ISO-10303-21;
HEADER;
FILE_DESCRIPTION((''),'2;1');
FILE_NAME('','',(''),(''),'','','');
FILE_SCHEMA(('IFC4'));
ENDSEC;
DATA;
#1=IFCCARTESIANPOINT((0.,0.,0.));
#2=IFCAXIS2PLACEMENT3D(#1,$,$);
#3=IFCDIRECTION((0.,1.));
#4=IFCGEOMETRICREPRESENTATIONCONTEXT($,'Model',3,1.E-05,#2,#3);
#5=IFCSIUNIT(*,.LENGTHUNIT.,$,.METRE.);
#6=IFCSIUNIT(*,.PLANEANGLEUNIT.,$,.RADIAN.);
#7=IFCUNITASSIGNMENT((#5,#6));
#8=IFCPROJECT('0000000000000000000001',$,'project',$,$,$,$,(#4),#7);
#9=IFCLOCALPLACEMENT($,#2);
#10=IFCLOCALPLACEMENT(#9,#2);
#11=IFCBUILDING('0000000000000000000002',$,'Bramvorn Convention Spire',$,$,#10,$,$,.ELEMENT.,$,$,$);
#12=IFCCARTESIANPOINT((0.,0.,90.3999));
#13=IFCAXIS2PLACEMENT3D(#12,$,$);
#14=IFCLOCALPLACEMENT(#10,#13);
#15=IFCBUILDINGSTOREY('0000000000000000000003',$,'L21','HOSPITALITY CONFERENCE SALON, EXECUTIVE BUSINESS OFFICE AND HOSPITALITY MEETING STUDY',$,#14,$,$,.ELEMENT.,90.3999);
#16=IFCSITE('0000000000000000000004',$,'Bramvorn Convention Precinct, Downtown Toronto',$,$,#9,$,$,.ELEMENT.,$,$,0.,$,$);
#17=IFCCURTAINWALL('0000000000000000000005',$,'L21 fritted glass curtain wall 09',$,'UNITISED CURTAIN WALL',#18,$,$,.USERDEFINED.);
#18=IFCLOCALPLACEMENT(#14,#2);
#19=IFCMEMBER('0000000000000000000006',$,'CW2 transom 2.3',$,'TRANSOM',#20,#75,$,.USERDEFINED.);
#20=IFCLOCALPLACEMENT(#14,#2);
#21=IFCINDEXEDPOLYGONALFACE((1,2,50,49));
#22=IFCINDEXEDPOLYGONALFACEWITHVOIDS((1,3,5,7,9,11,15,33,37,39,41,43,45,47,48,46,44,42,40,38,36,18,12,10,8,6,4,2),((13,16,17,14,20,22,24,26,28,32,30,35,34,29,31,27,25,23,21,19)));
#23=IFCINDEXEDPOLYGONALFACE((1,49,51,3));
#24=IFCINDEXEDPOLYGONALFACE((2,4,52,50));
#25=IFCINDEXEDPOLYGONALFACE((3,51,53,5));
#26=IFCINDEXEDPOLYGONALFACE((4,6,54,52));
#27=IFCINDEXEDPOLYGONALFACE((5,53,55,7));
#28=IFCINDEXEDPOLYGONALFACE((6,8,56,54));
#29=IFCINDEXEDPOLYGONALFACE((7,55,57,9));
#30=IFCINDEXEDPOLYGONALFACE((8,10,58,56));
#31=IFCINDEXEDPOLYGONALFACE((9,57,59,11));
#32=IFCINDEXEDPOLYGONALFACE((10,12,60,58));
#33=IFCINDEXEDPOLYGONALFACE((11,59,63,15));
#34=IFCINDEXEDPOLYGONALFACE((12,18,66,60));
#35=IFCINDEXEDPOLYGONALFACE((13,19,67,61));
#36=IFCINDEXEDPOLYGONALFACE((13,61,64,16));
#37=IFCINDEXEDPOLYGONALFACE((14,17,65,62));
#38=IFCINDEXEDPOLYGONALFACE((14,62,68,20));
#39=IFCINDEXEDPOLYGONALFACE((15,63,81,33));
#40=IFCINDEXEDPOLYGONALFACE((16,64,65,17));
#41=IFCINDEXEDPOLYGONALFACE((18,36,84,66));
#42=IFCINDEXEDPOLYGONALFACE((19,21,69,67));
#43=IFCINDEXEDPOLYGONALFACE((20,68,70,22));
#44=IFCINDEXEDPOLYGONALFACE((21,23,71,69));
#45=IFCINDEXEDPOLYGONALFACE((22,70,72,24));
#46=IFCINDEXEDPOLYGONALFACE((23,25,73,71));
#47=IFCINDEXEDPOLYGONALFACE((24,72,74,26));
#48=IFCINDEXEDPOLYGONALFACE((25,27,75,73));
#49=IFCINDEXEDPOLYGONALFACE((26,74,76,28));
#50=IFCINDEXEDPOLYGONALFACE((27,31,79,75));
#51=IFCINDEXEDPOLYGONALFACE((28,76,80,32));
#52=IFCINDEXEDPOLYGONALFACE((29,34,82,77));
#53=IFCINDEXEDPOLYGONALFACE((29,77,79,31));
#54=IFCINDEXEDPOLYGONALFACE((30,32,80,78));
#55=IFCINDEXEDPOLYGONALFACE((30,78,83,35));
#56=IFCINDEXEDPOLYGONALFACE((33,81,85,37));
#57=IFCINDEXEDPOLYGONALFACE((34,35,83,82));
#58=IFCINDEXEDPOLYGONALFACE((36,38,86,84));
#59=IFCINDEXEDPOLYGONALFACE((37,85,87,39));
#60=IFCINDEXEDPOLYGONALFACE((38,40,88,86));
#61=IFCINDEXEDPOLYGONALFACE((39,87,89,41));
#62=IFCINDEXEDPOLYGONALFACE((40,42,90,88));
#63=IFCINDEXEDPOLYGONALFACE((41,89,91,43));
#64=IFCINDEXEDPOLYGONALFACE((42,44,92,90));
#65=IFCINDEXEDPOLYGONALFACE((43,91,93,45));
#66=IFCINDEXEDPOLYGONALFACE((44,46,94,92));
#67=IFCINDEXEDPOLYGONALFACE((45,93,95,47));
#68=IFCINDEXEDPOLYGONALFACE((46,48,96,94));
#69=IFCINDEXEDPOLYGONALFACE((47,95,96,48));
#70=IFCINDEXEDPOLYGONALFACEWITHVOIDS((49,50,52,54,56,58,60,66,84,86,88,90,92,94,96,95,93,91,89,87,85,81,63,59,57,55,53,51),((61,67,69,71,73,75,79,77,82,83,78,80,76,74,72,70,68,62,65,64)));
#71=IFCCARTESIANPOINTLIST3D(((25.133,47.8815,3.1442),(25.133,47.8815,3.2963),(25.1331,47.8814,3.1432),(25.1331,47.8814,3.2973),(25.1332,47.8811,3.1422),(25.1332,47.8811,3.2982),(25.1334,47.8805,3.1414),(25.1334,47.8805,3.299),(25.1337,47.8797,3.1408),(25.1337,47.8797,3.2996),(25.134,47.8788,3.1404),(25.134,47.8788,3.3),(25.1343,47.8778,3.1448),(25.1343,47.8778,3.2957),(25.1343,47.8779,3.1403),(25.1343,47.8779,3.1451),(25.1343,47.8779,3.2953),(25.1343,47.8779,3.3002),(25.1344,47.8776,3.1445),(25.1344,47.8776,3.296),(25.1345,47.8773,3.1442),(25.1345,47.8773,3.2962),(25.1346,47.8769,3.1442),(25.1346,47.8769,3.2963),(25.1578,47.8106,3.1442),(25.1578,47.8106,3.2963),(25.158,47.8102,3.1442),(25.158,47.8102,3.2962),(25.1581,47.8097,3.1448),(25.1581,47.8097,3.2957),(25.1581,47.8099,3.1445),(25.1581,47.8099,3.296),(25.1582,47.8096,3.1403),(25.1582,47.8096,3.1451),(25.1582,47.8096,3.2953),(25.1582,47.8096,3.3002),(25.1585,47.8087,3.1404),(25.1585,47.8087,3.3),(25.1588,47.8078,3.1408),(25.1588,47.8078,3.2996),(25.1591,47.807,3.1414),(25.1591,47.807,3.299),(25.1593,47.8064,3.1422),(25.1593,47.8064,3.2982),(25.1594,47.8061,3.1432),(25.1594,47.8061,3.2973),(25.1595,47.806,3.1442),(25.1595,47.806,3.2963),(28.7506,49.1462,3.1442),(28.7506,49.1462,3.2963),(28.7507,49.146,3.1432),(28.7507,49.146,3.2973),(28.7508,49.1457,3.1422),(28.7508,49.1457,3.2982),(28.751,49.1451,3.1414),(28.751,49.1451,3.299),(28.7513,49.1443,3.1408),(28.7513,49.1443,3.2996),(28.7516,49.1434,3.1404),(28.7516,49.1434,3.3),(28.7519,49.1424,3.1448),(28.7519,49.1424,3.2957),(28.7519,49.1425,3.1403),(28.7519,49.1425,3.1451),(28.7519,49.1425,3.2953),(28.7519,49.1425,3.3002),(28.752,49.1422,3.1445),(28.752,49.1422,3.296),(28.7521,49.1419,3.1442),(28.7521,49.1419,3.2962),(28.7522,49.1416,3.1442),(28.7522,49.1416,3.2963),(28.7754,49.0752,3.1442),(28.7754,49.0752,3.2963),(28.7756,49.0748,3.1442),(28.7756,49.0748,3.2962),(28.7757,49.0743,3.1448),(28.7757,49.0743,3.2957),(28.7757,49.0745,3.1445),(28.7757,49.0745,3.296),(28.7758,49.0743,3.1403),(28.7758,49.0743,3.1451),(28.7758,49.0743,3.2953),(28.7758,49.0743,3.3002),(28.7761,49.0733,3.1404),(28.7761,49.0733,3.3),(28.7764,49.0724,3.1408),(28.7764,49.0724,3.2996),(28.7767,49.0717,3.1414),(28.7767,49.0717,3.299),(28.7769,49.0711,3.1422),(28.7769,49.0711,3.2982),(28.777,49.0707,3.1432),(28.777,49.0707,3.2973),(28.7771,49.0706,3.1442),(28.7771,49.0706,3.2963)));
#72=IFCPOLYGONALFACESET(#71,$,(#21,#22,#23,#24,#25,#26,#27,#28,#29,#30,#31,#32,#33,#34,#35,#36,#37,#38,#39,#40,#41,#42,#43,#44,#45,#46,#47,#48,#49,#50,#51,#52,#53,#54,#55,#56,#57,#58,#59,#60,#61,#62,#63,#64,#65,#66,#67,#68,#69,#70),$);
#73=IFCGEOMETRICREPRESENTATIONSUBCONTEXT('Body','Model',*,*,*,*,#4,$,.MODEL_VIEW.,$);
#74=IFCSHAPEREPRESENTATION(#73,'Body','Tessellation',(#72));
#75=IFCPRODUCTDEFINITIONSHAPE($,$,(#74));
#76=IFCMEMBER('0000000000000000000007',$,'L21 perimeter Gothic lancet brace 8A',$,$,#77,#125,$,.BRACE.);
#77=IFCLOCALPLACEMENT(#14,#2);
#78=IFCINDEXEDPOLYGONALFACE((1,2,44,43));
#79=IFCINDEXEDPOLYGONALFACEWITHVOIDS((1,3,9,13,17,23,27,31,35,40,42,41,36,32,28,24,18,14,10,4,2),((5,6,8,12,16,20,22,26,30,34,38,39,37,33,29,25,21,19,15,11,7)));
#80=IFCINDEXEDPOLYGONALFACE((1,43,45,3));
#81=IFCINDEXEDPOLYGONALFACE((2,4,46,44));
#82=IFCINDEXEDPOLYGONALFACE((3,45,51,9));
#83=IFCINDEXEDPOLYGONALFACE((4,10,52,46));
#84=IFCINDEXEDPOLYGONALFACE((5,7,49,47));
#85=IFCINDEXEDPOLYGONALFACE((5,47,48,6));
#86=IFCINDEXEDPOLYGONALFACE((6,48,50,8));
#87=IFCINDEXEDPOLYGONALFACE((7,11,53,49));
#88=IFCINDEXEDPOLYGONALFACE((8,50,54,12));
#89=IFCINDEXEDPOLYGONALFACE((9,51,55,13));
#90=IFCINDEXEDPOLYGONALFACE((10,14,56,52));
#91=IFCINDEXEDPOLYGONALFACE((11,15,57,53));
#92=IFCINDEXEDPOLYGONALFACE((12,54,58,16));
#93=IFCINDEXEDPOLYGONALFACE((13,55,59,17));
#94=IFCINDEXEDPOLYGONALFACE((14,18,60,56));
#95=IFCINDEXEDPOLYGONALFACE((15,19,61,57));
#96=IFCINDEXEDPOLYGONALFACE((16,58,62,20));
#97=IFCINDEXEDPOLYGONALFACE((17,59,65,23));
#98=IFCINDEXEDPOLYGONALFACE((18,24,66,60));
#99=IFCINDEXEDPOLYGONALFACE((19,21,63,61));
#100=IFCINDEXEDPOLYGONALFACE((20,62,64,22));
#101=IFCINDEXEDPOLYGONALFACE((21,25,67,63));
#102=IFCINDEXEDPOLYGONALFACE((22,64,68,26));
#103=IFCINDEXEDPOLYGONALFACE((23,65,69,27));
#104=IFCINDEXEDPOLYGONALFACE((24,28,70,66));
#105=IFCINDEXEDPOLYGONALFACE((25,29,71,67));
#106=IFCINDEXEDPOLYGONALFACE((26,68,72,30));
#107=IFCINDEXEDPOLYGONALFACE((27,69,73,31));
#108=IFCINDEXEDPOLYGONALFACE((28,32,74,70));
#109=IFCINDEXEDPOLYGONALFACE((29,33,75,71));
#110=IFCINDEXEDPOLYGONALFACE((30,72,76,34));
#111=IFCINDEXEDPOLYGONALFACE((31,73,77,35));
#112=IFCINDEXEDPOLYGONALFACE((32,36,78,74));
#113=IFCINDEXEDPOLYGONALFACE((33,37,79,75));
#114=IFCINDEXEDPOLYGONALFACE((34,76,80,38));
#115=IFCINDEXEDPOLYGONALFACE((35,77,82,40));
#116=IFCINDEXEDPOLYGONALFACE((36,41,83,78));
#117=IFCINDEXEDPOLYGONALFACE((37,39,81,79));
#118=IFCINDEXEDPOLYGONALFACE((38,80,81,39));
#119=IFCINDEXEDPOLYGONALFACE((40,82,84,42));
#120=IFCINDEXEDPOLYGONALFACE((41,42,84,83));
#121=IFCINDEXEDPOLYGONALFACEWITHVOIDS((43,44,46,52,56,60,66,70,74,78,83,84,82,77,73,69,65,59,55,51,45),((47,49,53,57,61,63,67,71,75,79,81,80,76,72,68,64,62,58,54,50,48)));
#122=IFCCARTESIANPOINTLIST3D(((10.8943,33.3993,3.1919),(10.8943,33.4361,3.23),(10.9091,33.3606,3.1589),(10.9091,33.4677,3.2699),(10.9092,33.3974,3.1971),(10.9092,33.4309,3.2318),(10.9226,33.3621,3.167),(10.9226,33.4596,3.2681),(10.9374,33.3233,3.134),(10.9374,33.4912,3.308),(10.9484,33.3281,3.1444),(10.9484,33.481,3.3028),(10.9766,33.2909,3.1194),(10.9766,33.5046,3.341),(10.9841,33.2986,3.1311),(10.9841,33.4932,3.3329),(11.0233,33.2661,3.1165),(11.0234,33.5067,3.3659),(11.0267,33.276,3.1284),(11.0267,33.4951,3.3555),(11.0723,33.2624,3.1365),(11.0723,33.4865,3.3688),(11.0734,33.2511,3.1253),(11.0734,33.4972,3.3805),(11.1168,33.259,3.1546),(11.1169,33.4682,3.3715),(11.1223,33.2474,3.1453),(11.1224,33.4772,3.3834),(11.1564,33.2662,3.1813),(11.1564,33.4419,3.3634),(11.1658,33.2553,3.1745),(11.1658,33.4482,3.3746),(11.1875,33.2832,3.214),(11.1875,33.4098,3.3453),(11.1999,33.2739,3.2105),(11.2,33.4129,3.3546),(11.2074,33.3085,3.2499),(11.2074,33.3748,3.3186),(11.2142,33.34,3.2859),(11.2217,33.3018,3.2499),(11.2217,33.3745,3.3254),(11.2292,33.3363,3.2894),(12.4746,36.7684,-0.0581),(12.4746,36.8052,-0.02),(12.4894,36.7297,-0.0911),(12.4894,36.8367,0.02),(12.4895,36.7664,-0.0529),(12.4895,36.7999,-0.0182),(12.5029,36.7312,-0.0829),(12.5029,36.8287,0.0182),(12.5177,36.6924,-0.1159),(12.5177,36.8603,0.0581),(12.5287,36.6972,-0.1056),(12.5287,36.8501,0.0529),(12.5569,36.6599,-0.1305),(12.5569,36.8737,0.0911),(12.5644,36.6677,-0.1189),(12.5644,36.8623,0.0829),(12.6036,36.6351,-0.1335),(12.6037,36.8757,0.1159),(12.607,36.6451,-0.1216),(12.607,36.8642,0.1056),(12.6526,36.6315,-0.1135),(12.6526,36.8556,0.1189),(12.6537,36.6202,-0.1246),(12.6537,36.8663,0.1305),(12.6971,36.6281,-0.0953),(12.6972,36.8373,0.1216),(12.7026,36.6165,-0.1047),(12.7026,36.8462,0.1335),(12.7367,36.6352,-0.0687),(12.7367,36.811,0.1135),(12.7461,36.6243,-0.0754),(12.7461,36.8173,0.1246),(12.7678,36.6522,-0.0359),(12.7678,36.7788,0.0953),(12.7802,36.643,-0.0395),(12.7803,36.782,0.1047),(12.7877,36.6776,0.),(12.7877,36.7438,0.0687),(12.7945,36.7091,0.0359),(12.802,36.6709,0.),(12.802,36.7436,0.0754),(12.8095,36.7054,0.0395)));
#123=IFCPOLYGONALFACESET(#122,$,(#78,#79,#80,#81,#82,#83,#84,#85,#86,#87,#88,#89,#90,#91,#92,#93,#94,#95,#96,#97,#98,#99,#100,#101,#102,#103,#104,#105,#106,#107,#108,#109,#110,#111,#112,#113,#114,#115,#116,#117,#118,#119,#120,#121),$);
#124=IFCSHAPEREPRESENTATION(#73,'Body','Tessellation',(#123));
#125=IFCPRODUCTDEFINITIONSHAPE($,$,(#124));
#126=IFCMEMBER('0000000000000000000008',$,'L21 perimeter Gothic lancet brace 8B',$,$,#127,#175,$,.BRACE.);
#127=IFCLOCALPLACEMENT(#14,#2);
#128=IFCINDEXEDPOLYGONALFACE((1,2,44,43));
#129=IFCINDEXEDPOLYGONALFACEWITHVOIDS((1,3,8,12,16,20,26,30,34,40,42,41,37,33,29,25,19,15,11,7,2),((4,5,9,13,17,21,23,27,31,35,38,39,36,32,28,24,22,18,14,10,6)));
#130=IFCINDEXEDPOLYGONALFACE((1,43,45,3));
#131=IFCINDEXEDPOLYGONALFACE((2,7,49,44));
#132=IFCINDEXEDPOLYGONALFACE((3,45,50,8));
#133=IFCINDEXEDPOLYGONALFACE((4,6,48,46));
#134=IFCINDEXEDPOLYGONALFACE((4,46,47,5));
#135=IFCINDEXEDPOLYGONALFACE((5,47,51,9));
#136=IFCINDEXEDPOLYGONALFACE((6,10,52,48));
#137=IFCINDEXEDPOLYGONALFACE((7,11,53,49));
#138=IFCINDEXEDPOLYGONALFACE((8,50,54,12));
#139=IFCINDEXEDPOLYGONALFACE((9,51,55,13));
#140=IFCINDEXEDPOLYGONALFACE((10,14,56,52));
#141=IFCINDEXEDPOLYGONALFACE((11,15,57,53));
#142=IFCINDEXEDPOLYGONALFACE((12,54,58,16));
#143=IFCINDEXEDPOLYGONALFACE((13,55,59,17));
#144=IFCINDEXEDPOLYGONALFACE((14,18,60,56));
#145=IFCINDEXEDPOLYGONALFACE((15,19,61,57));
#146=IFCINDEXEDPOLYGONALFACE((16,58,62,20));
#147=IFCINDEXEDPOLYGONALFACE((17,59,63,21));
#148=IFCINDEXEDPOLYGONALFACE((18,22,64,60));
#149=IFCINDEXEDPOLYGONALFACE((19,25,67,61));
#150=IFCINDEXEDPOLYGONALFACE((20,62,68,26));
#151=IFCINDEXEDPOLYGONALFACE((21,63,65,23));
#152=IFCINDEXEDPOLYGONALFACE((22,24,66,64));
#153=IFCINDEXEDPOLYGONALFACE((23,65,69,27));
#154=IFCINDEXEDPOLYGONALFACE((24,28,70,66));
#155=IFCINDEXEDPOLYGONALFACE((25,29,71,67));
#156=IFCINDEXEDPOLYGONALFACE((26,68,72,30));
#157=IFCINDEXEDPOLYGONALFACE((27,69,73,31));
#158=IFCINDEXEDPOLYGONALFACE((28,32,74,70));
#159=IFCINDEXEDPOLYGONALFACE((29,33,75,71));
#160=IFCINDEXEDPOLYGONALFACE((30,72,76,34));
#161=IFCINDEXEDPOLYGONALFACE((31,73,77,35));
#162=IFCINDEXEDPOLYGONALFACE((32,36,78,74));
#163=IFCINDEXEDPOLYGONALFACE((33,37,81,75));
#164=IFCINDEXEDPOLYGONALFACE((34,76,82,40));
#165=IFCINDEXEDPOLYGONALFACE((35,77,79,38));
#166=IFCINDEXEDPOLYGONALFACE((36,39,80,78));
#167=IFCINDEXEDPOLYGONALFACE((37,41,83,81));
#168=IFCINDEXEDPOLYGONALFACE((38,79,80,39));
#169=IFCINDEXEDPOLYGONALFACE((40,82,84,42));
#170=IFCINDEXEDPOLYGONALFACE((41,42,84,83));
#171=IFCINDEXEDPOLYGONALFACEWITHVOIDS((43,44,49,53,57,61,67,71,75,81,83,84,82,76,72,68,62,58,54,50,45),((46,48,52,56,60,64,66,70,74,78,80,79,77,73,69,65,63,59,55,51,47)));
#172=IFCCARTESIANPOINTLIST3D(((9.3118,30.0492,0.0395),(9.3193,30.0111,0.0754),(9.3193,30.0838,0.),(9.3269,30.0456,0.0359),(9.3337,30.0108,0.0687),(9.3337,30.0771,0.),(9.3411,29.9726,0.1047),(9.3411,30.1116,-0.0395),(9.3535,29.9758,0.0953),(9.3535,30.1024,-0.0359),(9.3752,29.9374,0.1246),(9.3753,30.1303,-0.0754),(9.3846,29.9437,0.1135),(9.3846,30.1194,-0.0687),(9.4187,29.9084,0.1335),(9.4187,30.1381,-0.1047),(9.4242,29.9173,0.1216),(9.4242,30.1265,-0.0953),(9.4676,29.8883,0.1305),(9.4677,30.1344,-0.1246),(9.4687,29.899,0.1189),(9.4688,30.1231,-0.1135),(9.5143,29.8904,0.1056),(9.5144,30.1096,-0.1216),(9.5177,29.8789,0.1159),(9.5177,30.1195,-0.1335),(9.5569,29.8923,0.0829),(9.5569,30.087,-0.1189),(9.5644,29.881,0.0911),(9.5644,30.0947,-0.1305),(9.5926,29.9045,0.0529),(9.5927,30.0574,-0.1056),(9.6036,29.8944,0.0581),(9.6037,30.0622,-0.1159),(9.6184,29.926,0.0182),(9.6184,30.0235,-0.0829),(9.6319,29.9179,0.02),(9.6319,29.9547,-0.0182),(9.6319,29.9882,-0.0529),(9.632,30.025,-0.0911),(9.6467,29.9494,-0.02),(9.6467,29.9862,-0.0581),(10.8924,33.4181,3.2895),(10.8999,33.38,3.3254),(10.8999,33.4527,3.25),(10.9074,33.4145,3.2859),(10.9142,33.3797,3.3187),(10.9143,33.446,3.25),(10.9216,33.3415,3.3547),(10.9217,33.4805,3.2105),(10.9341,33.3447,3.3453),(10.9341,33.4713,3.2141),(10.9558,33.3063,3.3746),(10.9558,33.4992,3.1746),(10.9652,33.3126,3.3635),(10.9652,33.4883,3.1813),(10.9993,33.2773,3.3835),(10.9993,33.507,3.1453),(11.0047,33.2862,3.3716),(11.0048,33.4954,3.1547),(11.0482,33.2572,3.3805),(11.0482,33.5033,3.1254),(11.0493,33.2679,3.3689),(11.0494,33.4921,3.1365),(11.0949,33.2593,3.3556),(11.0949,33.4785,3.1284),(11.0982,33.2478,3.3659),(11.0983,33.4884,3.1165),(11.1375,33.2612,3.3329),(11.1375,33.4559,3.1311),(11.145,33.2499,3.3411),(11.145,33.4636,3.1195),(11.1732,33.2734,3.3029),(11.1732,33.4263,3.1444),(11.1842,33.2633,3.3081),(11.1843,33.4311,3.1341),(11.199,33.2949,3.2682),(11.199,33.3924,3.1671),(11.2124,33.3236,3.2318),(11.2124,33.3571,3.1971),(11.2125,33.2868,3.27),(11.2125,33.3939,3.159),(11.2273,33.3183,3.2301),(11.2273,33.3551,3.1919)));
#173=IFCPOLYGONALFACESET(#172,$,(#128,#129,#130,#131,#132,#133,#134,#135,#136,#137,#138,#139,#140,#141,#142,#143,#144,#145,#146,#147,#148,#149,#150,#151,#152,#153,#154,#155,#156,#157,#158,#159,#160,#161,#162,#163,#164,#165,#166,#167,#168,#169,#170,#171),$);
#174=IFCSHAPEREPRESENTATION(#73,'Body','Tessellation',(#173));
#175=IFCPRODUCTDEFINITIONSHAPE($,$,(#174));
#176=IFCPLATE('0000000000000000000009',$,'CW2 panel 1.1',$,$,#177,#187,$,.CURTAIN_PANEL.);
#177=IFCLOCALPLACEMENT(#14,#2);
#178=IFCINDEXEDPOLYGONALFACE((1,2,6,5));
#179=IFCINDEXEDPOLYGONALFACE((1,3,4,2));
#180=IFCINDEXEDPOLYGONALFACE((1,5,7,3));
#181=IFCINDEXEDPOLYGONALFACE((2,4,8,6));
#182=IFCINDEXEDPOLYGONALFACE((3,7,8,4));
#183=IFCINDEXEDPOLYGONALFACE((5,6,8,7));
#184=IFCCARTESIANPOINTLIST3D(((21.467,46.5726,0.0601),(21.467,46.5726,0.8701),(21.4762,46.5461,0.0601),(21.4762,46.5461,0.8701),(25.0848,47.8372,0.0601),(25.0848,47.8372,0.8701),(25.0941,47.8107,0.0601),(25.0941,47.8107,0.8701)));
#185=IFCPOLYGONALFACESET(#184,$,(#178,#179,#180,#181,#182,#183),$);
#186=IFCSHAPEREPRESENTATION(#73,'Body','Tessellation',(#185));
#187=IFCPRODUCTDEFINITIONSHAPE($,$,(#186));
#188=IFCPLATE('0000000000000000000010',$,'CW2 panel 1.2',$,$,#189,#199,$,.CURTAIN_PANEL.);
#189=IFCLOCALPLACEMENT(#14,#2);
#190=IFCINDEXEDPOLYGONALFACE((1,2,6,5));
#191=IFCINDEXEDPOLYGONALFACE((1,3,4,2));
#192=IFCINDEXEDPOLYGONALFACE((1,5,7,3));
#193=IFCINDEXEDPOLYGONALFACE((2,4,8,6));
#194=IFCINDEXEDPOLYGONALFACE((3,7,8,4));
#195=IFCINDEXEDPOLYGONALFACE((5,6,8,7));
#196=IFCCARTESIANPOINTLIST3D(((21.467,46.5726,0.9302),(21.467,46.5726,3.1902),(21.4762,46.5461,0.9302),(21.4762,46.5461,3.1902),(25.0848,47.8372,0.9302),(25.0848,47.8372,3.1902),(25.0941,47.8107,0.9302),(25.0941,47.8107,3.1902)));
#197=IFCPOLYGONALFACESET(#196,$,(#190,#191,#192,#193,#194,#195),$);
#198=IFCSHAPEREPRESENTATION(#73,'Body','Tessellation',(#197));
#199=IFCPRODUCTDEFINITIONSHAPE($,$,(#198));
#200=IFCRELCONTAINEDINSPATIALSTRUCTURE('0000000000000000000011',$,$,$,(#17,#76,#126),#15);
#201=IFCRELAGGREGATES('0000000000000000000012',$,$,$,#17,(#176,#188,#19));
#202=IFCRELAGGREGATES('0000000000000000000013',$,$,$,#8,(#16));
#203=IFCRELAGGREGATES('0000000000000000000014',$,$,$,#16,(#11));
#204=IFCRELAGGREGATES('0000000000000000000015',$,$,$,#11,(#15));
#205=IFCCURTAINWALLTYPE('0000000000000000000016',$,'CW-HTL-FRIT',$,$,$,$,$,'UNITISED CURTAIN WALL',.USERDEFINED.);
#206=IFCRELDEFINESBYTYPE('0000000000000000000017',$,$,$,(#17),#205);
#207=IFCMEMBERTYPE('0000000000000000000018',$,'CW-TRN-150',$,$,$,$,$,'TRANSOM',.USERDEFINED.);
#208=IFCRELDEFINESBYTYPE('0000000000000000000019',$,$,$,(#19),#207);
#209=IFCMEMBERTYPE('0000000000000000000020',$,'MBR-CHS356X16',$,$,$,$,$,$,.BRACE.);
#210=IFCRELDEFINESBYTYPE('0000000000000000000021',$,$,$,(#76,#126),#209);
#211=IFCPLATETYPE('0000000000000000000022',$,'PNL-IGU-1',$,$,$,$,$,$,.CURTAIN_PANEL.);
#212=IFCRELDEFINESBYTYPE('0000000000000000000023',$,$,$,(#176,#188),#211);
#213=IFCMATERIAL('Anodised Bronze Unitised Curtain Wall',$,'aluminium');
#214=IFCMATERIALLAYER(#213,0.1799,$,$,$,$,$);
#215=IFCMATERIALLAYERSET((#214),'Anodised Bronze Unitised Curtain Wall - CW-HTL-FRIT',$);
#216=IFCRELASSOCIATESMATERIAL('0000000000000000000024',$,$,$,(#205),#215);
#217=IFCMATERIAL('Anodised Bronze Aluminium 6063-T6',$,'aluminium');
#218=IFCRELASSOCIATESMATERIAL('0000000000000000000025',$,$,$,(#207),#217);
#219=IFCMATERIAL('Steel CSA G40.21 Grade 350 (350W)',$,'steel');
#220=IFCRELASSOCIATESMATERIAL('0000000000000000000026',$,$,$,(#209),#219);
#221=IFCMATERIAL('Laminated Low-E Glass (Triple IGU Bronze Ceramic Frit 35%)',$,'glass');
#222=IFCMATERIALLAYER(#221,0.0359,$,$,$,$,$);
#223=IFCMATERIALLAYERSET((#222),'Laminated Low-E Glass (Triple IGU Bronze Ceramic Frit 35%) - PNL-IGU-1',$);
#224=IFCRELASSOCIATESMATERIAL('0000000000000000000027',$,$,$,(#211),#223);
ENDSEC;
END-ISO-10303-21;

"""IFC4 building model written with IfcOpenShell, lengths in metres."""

from ifc_helpers import new_model, si_unit, direction, frame, origin, origin_2d, place, context, subcontext, project, spatial, rectangle, hollow_rectangle, hollow_circle, extrude, material, layer, layer_set, material_profile, profile_set, type_object, element, aggregate, save


model = new_model("IFC4")

# Units and contexts
model_context = context("Model", 3, precision=1e-05, world=origin(), true_north=direction((0.0, 1.0)))
body_context = subcontext(model_context, "Body", "Model", "MODEL_VIEW")
ifc_project = project(units=[si_unit("LENGTHUNIT", "METRE"), si_unit("PLANEANGLEUNIT", "RADIAN")], contexts=[model_context])

# Site, building, storey
site_placement = place(None, origin())
site = spatial("IfcSite", under=ifc_project, at=site_placement, Name="Bramvorn Convention Precinct, Downtown Toronto", CompositionType="ELEMENT", RefElevation=0.0)
building_placement = place(site_placement, origin())
building = spatial("IfcBuilding", under=site, at=building_placement, Name="Bramvorn Convention Spire", CompositionType="ELEMENT")
storey_placement = place(building_placement, frame((0.0, 0.0, 90.3999)))
storey = spatial("IfcBuildingStorey", under=building, at=storey_placement, Name="L21", Description="HOSPITALITY CONFERENCE SALON, EXECUTIVE BUSINESS OFFICE AND HOSPITALITY MEETING STUDY", CompositionType="ELEMENT", Elevation=90.3999)

# Shared definitions
ifc_material_1 = material(Name="Steel CSA G40.21 Grade 350 (350W)", Category="steel")

# Curtain wall
ifc_material_2 = material(Name="Anodised Bronze Unitised Curtain Wall", Category="aluminium")
ifc_layer_1 = layer(ifc_material_2, 0.1799)
ifc_layer_set_1 = layer_set([ifc_layer_1], Name="Anodised Bronze Unitised Curtain Wall - CW-HTL-FRIT")
curtain_wall_type = type_object("IfcCurtainWallType", Name="CW-HTL-FRIT", ElementType="UNITISED CURTAIN WALL", PredefinedType="USERDEFINED", material=ifc_layer_set_1)
curtain_wall_1_placement = place(storey_placement, origin())
curtain_wall_1 = element("IfcCurtainWall", 1, at=curtain_wall_1_placement, inside=storey, type_object=curtain_wall_type, Name="L21 fritted glass curtain wall 09", ObjectType="UNITISED CURTAIN WALL", PredefinedType="USERDEFINED")
ifc_material_3 = material(Name="Anodised Bronze Aluminium 6063-T6", Category="aluminium")

# Member
ifc_material_profile_1 = material_profile(ifc_material_3, hollow_rectangle(XDim=0.0801, YDim=0.1599, WallThickness=0.0039, InnerFilletRadius=0.001, OuterFilletRadius=0.0039, at=origin_2d()))
ifc_profile_set_1 = profile_set([ifc_material_profile_1], Name="Anodised Bronze Aluminium 6063-T6 - CWT80X160")
member_type_1 = type_object("IfcMemberType", Name="CW-TRN-150", ElementType="TRANSOM", PredefinedType="USERDEFINED", material=ifc_profile_set_1)
member_1_placement = place(storey_placement, frame((25.1462, 47.8438, 3.2202), z_axis=(0.943983, 0.329993, 0.0), x_axis=(-0.329993, 0.943983, 0.0)))
member_1 = element("IfcMember", 2, at=member_1_placement, type_object=member_type_1, Name="CW2 transom 2.3", ObjectType="TRANSOM", PredefinedType="USERDEFINED", context=body_context, shape_type="SweptSolid", body=[
    extrude(hollow_rectangle(XDim=0.0801, YDim=0.1599, WallThickness=0.0039, InnerFilletRadius=0.001, OuterFilletRadius=0.0039, at=origin_2d()), origin(), (0.0, 0.0, 1.0), 3.8323),
])

# Members
ifc_material_profile_2 = material_profile(ifc_material_1, hollow_circle(Radius=0.1777, WallThickness=0.0159, at=origin_2d()))
ifc_profile_set_2 = profile_set([ifc_material_profile_2], Name="Steel CSA G40.21 Grade 350 (350W) - CHS356X16")
member_type_2 = type_object("IfcMemberType", Name="MBR-CHS356X16", PredefinedType="BRACE", material=ifc_profile_set_2)
for number, where, z_axis, x_axis, name in (
    (3, (12.6411, 36.7463, 0.0), (-0.319855, -0.681909, 0.657795), (0.905352, -0.424662, 0.0), "L21 perimeter Gothic lancet brace 8A"),
    (4, (9.4802, 30.0083, 0.0), (0.31991, 0.681871, 0.657806), (-0.905315, 0.424741, 0.0), "L21 perimeter Gothic lancet brace 8B"),
):
    element("IfcMember", number, at=place(storey_placement, frame(where, z_axis=z_axis, x_axis=x_axis)), inside=storey, type_object=member_type_2, Name=name, PredefinedType="BRACE", context=body_context, shape_type="SweptSolid", body=[
        extrude(hollow_circle(Radius=0.1777, WallThickness=0.0159, at=origin_2d()), origin(), (0.0, 0.0, 1.0), 4.9407),
    ])

# Plates
ifc_material_4 = material(Name="Laminated Low-E Glass (Triple IGU Bronze Ceramic Frit 35%)", Category="glass")
ifc_layer_2 = layer(ifc_material_4, 0.0359)
ifc_layer_set_2 = layer_set([ifc_layer_2], Name="Laminated Low-E Glass (Triple IGU Bronze Ceramic Frit 35%) - PNL-IGU-1")
plate_type = type_object("IfcPlateType", Name="PNL-IGU-1", PredefinedType="CURTAIN_PANEL", material=ifc_layer_set_2)
plate_1_placement = place(storey_placement, frame((23.2805, 47.1917, 0.0601), z_axis=(0.0, 0.0, 1.0), x_axis=(0.94399, 0.329973, 0.0)))
plate_1 = element("IfcPlate", 5, at=plate_1_placement, type_object=plate_type, Name="CW2 panel 1.1", PredefinedType="CURTAIN_PANEL", context=body_context, shape_type="SweptSolid", body=[
    extrude(rectangle(XDim=3.8325, YDim=0.0281, at=origin_2d()), origin(), (0.0, 0.0, 1.0), 0.8101),
])
plate_2_placement = place(storey_placement, frame((23.2805, 47.1917, 0.9302), z_axis=(0.0, 0.0, 1.0), x_axis=(0.94399, 0.329973, 0.0)))
plate_2 = element("IfcPlate", 6, at=plate_2_placement, type_object=plate_type, Name="CW2 panel 1.2", PredefinedType="CURTAIN_PANEL", context=body_context, shape_type="SweptSolid", body=[
    extrude(rectangle(XDim=3.8325, YDim=0.0281, at=origin_2d()), origin(), (0.0, 0.0, 1.0), 2.26),
])
aggregate(curtain_wall_1, [plate_1, plate_2, member_1])

save(model, "model.ifc")
